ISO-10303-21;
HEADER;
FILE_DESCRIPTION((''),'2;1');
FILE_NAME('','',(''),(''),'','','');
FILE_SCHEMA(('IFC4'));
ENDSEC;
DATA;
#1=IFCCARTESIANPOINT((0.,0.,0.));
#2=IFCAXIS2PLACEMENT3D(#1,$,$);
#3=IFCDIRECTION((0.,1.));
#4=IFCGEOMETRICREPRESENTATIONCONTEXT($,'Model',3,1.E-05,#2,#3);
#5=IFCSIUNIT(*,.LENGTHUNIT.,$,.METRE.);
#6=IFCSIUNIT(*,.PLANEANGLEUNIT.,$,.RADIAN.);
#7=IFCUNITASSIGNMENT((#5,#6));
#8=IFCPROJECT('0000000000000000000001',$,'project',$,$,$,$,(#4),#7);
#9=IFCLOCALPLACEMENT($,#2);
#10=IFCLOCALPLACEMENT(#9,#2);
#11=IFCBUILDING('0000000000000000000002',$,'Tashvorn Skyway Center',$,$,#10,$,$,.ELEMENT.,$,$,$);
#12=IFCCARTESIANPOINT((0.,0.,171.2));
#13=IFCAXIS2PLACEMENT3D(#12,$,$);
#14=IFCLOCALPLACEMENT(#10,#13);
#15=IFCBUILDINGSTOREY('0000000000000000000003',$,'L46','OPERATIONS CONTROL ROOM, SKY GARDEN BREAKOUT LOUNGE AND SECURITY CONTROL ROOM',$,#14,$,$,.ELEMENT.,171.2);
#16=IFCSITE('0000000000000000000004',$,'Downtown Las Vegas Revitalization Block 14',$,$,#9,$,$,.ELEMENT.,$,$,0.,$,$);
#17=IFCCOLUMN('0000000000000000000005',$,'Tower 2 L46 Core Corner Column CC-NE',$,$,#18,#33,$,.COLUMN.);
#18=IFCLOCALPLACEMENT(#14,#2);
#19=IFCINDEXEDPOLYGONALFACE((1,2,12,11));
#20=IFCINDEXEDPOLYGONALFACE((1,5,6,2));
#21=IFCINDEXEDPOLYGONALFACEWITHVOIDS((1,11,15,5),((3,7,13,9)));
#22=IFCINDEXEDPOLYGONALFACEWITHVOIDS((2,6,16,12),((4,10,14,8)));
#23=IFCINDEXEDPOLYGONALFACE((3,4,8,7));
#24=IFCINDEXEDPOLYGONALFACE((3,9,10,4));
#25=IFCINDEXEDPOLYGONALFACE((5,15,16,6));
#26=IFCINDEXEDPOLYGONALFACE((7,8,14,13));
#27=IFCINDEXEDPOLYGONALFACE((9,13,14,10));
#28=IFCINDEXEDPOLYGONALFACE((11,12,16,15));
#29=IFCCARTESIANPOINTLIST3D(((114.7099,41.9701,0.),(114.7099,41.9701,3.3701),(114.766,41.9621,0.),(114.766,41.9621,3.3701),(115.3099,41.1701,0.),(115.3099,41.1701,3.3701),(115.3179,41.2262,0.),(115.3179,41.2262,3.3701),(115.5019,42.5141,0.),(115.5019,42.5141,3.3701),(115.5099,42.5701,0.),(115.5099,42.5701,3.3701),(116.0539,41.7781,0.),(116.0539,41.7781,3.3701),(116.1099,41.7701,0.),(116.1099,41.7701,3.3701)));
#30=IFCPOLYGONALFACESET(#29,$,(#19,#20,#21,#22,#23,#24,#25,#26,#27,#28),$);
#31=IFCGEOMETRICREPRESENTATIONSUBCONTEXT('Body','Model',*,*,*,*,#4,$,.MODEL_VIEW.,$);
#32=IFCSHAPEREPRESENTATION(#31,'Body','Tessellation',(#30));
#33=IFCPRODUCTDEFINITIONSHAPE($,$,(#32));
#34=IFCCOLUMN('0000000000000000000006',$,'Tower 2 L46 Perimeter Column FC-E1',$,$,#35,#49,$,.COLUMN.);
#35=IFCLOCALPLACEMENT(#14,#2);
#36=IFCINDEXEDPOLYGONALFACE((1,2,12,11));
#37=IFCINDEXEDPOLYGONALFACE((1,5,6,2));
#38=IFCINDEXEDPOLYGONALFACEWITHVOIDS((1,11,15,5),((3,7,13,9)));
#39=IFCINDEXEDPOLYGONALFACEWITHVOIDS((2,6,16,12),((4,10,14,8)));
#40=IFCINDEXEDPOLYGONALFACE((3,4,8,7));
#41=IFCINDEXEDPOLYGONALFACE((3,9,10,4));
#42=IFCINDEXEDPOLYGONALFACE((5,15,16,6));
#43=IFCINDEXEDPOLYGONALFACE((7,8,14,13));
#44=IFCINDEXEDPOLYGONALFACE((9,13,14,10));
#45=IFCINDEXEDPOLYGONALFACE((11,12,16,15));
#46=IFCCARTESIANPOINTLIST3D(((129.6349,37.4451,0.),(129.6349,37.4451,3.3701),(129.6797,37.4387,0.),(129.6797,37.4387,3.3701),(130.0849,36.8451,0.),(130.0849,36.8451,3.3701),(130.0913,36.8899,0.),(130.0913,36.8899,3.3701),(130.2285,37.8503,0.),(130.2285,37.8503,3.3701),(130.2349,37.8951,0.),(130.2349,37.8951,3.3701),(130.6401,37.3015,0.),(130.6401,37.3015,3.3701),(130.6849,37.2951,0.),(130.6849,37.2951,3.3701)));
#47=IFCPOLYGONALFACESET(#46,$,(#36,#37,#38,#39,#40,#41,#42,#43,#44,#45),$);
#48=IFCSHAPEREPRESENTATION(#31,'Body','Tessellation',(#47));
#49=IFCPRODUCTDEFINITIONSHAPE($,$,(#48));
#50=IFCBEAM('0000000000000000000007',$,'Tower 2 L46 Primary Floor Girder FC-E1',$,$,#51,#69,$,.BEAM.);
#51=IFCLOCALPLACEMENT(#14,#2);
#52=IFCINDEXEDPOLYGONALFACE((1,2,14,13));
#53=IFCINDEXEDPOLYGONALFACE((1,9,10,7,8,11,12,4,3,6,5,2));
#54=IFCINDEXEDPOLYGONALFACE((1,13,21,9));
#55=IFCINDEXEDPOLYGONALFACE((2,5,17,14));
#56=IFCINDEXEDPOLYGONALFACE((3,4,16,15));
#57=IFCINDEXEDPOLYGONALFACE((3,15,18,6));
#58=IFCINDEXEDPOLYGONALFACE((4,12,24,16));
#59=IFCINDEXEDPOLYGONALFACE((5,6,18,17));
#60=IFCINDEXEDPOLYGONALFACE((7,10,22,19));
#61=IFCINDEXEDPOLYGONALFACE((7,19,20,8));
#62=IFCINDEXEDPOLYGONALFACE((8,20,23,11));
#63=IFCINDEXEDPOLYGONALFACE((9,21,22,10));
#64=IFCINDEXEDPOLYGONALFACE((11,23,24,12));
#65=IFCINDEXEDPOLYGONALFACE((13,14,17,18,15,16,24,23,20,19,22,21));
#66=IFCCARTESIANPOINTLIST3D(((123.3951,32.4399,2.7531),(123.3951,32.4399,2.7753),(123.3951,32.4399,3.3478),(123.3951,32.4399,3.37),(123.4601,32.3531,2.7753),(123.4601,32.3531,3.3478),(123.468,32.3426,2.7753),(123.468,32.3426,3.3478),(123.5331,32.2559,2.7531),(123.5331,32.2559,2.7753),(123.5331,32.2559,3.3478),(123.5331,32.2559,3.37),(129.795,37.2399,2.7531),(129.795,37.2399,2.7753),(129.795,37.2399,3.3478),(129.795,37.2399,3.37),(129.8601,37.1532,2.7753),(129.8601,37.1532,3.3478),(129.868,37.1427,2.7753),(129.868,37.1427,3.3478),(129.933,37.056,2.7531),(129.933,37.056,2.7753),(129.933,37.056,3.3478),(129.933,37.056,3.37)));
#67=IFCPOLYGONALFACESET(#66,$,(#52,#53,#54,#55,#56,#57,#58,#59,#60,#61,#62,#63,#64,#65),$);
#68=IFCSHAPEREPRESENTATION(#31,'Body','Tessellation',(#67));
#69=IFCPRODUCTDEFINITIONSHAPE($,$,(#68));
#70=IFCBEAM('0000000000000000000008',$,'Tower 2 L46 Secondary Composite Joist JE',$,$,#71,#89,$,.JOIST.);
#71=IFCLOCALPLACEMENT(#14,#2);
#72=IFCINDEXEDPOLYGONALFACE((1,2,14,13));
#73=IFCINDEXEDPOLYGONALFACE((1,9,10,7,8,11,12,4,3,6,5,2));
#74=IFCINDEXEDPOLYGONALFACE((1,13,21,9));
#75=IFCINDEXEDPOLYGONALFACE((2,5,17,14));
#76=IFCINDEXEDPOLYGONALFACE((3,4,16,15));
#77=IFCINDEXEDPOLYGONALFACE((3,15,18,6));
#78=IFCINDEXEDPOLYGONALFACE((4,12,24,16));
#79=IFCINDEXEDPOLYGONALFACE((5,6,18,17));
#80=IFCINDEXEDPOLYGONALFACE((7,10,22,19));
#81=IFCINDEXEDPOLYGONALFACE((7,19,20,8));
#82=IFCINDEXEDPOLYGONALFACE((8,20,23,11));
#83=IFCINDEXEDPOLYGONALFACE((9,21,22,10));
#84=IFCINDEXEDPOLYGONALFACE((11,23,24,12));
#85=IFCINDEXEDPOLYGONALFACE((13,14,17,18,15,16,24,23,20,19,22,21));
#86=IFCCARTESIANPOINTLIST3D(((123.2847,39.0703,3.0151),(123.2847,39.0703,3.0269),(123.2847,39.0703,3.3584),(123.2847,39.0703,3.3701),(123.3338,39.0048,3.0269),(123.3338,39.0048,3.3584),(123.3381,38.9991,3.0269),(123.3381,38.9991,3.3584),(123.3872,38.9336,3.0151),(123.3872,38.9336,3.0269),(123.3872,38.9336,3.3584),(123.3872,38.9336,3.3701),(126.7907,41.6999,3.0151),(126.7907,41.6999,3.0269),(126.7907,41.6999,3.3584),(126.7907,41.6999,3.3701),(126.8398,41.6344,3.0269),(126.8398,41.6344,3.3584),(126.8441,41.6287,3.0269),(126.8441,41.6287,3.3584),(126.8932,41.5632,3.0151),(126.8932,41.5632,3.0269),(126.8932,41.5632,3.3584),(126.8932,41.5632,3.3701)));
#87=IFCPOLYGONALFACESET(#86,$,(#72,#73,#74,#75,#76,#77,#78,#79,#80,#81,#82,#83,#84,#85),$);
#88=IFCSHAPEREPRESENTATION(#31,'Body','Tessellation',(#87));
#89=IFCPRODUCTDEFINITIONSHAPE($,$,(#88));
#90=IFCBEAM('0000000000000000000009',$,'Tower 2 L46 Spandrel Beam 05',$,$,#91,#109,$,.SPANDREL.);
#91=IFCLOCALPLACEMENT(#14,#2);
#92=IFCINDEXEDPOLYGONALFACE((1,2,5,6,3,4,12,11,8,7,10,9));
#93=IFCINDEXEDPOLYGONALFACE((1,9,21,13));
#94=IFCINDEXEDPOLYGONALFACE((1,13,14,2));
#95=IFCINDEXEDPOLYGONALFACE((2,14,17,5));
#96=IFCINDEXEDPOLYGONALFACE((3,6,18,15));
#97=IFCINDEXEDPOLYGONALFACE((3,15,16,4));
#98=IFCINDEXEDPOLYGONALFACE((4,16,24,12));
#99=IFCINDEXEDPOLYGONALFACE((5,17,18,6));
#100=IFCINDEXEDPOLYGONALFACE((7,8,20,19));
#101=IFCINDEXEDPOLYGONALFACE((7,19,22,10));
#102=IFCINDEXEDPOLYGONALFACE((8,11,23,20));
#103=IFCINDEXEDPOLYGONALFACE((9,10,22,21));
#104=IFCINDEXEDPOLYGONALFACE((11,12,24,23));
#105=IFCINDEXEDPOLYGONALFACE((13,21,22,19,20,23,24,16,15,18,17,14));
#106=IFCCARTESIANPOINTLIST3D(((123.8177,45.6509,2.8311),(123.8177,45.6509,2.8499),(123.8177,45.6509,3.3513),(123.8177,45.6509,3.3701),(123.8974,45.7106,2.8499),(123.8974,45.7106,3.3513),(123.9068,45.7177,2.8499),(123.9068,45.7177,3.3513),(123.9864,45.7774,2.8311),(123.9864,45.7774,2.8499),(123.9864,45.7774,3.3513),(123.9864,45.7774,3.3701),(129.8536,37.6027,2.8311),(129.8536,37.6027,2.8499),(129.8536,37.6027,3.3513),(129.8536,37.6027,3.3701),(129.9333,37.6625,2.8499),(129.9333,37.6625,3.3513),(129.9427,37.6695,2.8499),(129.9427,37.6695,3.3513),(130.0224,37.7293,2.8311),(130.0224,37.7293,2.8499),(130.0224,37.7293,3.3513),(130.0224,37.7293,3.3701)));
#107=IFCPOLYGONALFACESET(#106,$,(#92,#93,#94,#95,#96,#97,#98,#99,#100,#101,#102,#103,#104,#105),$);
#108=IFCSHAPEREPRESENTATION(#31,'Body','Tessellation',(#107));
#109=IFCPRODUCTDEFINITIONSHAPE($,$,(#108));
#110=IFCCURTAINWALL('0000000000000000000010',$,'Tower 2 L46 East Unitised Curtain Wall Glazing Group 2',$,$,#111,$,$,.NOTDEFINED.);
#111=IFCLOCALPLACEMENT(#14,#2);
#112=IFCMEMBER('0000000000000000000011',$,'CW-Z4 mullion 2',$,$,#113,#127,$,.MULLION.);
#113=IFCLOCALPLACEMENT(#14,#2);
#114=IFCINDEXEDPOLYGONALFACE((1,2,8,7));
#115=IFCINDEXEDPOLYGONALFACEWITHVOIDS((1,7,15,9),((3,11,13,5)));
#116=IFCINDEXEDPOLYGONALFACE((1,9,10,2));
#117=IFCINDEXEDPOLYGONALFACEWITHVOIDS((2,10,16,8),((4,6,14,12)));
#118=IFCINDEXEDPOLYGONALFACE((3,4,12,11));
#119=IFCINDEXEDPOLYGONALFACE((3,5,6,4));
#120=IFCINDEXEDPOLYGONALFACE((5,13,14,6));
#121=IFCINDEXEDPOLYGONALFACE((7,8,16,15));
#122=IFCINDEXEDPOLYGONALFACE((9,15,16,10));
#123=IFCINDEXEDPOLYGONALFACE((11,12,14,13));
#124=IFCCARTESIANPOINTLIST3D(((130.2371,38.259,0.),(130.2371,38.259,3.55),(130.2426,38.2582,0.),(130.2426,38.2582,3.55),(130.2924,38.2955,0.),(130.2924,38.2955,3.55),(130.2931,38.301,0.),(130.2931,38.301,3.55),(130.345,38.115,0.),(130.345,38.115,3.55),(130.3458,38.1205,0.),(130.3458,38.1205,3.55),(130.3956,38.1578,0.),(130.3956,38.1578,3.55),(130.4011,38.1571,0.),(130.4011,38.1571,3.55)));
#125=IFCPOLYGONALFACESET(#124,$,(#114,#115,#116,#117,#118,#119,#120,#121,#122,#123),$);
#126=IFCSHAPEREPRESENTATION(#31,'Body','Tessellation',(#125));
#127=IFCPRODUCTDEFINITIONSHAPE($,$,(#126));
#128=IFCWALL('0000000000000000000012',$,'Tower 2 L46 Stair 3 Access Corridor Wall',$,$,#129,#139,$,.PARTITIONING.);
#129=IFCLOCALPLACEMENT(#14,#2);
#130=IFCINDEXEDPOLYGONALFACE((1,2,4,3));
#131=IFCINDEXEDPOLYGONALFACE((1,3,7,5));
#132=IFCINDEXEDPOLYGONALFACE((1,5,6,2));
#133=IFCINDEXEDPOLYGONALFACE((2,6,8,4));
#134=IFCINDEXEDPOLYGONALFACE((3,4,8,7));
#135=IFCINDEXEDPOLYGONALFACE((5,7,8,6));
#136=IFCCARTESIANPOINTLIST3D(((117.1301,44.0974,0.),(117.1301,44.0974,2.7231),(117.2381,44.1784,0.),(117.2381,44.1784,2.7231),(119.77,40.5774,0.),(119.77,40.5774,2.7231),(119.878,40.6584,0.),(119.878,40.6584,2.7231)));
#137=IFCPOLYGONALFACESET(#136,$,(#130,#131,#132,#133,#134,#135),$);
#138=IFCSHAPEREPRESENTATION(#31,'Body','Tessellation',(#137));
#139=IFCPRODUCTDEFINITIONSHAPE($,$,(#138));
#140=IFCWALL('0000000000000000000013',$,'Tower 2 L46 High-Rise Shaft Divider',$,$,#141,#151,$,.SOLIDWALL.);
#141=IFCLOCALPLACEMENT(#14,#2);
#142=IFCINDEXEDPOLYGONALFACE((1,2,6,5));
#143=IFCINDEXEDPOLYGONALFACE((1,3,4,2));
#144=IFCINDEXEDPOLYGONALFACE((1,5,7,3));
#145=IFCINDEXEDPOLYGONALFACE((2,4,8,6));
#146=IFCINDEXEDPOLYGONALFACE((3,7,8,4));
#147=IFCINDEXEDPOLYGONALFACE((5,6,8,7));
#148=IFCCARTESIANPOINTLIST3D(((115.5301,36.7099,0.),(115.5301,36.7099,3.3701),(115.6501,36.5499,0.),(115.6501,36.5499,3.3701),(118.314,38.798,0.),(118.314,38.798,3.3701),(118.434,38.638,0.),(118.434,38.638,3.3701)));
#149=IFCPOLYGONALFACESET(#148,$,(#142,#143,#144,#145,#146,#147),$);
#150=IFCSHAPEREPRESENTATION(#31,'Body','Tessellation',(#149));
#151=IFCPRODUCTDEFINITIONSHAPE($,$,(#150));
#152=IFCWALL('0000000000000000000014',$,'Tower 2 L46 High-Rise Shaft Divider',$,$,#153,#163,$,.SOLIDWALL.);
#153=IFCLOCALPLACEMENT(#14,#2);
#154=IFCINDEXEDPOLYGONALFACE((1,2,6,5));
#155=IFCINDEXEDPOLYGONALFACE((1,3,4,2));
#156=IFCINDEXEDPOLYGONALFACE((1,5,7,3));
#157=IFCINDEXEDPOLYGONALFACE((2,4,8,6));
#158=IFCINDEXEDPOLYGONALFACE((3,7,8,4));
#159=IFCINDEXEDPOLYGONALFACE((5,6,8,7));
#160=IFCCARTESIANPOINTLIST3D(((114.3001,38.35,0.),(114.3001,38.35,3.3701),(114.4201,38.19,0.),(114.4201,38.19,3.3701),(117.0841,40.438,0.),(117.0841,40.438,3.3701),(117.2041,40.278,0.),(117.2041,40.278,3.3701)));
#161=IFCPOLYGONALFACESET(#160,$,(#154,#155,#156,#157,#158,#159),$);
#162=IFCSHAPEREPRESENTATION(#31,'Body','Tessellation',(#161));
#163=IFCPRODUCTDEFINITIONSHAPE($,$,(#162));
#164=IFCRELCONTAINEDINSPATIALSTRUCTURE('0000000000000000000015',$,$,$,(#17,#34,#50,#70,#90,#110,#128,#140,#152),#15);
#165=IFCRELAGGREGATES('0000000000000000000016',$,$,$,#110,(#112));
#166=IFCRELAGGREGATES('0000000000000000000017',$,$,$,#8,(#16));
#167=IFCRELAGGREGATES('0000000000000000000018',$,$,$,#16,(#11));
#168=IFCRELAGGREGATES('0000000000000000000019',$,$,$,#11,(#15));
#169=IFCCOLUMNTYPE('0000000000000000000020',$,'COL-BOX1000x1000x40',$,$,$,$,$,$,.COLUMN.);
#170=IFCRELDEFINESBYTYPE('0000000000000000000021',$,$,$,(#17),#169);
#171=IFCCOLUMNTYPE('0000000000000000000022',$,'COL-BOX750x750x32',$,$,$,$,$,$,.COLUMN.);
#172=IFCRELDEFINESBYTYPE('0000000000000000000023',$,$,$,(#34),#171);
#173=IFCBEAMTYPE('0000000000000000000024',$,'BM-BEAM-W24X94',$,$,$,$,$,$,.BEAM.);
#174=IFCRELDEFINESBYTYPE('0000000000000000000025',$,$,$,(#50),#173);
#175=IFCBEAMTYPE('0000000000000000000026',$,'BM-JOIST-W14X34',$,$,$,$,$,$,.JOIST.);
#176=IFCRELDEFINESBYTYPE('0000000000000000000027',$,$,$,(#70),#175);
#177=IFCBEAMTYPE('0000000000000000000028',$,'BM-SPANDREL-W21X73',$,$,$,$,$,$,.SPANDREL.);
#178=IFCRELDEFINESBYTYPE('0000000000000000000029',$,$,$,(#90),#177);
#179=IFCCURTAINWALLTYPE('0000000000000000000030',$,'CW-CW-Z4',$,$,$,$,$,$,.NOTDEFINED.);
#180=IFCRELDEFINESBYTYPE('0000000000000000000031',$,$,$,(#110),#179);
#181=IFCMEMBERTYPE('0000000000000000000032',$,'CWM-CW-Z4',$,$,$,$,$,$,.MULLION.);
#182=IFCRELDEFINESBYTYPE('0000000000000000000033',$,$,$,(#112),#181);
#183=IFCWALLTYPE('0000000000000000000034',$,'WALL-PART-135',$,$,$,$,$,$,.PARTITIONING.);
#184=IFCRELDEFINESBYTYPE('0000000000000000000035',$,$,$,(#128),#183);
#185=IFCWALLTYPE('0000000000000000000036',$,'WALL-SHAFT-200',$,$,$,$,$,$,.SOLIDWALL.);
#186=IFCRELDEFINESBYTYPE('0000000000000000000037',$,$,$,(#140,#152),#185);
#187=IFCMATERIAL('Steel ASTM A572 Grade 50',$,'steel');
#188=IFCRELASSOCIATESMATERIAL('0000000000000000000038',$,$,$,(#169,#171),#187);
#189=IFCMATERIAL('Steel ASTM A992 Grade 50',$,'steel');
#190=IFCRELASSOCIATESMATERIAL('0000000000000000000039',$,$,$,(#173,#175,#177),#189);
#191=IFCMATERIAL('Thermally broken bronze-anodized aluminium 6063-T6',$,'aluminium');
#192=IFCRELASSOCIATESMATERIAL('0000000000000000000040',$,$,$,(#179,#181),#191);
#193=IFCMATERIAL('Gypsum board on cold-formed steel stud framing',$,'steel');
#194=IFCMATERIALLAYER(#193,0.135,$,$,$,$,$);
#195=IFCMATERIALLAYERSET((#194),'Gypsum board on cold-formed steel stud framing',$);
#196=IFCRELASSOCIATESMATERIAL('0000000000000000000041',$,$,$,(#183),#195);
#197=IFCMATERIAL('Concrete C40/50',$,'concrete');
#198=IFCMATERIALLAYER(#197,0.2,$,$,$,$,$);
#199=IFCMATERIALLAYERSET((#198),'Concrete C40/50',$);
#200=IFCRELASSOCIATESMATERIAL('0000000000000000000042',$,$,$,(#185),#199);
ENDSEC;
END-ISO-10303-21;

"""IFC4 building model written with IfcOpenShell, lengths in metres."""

from ifc_helpers import new_model, si_unit, direction, frame, frame_2d, origin, origin_2d, place, context, subcontext, project, spatial, rectangle, hollow_rectangle, i_section, extrude, material, layer, layer_set, material_profile, profile_set, type_object, element, aggregate, save


model = new_model("IFC4")

# Units and contexts
model_context = context("Model", 3, precision=1e-05, world=origin(), true_north=direction((0.0, 1.0)))
body_context = subcontext(model_context, "Body", "Model", "MODEL_VIEW")
ifc_project = project(units=[si_unit("LENGTHUNIT", "METRE"), si_unit("PLANEANGLEUNIT", "RADIAN")], contexts=[model_context])

# Site, building, storey
site_placement = place(None, origin())
site = spatial("IfcSite", under=ifc_project, at=site_placement, Name="Downtown Las Vegas Revitalization Block 14", CompositionType="ELEMENT", RefElevation=0.0)
building_placement = place(site_placement, origin())
building = spatial("IfcBuilding", under=site, at=building_placement, Name="Tashvorn Skyway Center", CompositionType="ELEMENT")
storey_placement = place(building_placement, frame((0.0, 0.0, 171.2)))
storey = spatial("IfcBuildingStorey", under=building, at=storey_placement, Name="L46", Description="OPERATIONS CONTROL ROOM, SKY GARDEN BREAKOUT LOUNGE AND SECURITY CONTROL ROOM", CompositionType="ELEMENT", Elevation=171.2)

# Columns
ifc_material_1 = material(Name="Steel ASTM A572 Grade 50", Category="steel")
ifc_material_profile_1 = material_profile(ifc_material_1, hollow_rectangle(XDim=1.0, YDim=1.0, WallThickness=0.04, at=origin_2d()), Name="BOX1000x1000x40")
ifc_profile_set_1 = profile_set([ifc_material_profile_1], Name="Steel ASTM A572 Grade 50")
column_type_1 = type_object("IfcColumnType", Name="COL-BOX1000x1000x40", PredefinedType="COLUMN", material=ifc_profile_set_1)
column_1_placement = place(storey_placement, frame((115.4099, 41.8701, 0.0), z_axis=(0.0, 0.0, 1.0), x_axis=(0.8, 0.6, 0.0)))
element("IfcColumn", 1, at=column_1_placement, inside=storey, type_object=column_type_1, Name="Tower 2 L46 Core Corner Column CC-NE", PredefinedType="COLUMN", context=body_context, shape_type="SweptSolid", body=[
    extrude(hollow_rectangle(XDim=1.0, YDim=1.0, WallThickness=0.04, at=origin_2d()), origin(), (0.0, 0.0, 1.0), 3.3701),
])
ifc_material_profile_2 = material_profile(ifc_material_1, hollow_rectangle(XDim=0.75, YDim=0.75, WallThickness=0.032, at=origin_2d()), Name="BOX750x750x32")
ifc_profile_set_2 = profile_set([ifc_material_profile_2], Name="Steel ASTM A572 Grade 50")
column_type_2 = type_object("IfcColumnType", Name="COL-BOX750x750x32", PredefinedType="COLUMN", material=ifc_profile_set_2)
column_2_placement = place(storey_placement, frame((130.1599, 37.3701, 0.0), z_axis=(0.0, 0.0, 1.0), x_axis=(0.8, 0.6, 0.0)))
element("IfcColumn", 2, at=column_2_placement, inside=storey, type_object=column_type_2, Name="Tower 2 L46 Perimeter Column FC-E1", PredefinedType="COLUMN", context=body_context, shape_type="SweptSolid", body=[
    extrude(hollow_rectangle(XDim=0.75, YDim=0.75, WallThickness=0.032, at=origin_2d()), origin(), (0.0, 0.0, 1.0), 3.3701),
])

# Beams
ifc_material_2 = material(Name="Steel ASTM A992 Grade 50", Category="steel")
ifc_material_profile_3 = material_profile(ifc_material_2, i_section(OverallWidth=0.23, OverallDepth=0.6169, WebThickness=0.0132, FlangeThickness=0.0222, at=origin_2d()), Name="W24X94")
ifc_profile_set_3 = profile_set([ifc_material_profile_3], Name="Steel ASTM A992 Grade 50")
beam_type_1 = type_object("IfcBeamType", Name="BM-BEAM-W24X94", PredefinedType="BEAM", material=ifc_profile_set_3)
beam_1_placement = place(storey_placement, frame((129.864, 37.1479, 3.0615), z_axis=(-0.799993, -0.60001, 0.0), x_axis=(0.60001, -0.799993, 0.0)))
element("IfcBeam", 3, at=beam_1_placement, inside=storey, type_object=beam_type_1, Name="Tower 2 L46 Primary Floor Girder FC-E1", PredefinedType="BEAM", context=body_context, shape_type="SweptSolid", body=[
    extrude(i_section(OverallWidth=0.23, OverallDepth=0.6169, WebThickness=0.0132, FlangeThickness=0.0222, at=origin_2d()), origin(), (0.0, 0.0, 1.0), 8.0),
])
ifc_material_profile_4 = material_profile(ifc_material_2, i_section(OverallWidth=0.1709, OverallDepth=0.355, WebThickness=0.0071, FlangeThickness=0.0117, at=origin_2d()), Name="W14X34")
ifc_profile_set_4 = profile_set([ifc_material_profile_4], Name="Steel ASTM A992 Grade 50")
beam_type_2 = type_object("IfcBeamType", Name="BM-JOIST-W14X34", PredefinedType="JOIST", material=ifc_profile_set_4)
beam_2_placement = place(storey_placement, frame((123.3359, 39.002, 3.1926), z_axis=(0.799993, 0.600009, 0.0), x_axis=(-0.600009, 0.799993, 0.0)))
element("IfcBeam", 4, at=beam_2_placement, inside=storey, type_object=beam_type_2, Name="Tower 2 L46 Secondary Composite Joist JE", PredefinedType="JOIST", context=body_context, shape_type="SweptSolid", body=[
    extrude(i_section(OverallWidth=0.1709, OverallDepth=0.355, WebThickness=0.0071, FlangeThickness=0.0117, at=origin_2d()), origin(), (0.0, 0.0, 1.0), 4.3826),
])
ifc_material_profile_5 = material_profile(ifc_material_2, i_section(OverallWidth=0.2109, OverallDepth=0.5391, WebThickness=0.0117, FlangeThickness=0.0188, at=origin_2d()), Name="W21X73")
ifc_profile_set_5 = profile_set([ifc_material_profile_5], Name="Steel ASTM A992 Grade 50")
beam_type_3 = type_object("IfcBeamType", Name="BM-SPANDREL-W21X73", PredefinedType="SPANDREL", material=ifc_profile_set_5)
beam_3_placement = place(storey_placement, frame((129.938, 37.666, 3.1006), z_axis=(-0.599988, 0.800009, 0.0), x_axis=(-0.800009, -0.599988, 0.0)))
element("IfcBeam", 5, at=beam_3_placement, inside=storey, type_object=beam_type_3, Name="Tower 2 L46 Spandrel Beam 05", PredefinedType="SPANDREL", context=body_context, shape_type="SweptSolid", body=[
    extrude(i_section(OverallWidth=0.2109, OverallDepth=0.5391, WebThickness=0.0117, FlangeThickness=0.0188, at=origin_2d()), origin(), (0.0, 0.0, 1.0), 10.0601),
])

# Curtain wall, member
ifc_material_3 = material(Name="Thermally broken bronze-anodized aluminium 6063-T6", Category="aluminium")
curtain_wall_type = type_object("IfcCurtainWallType", Name="CW-CW-Z4", PredefinedType="NOTDEFINED", material=ifc_material_3)
curtain_wall_placement = place(storey_placement, origin())
curtain_wall = element("IfcCurtainWall", 6, at=curtain_wall_placement, inside=storey, type_object=curtain_wall_type, Name="Tower 2 L46 East Unitised Curtain Wall Glazing Group 2", PredefinedType="NOTDEFINED")
ifc_material_profile_6 = material_profile(ifc_material_3, hollow_rectangle(XDim=0.0701, YDim=0.1799, WallThickness=0.0039, at=origin_2d()), Name="ALU-MULL-70x180")
ifc_profile_set_6 = profile_set([ifc_material_profile_6], Name="Thermally broken bronze-anodized aluminium 6063-T6")
member_type = type_object("IfcMemberType", Name="CWM-CW-Z4", PredefinedType="MULLION", material=ifc_profile_set_6)
member_placement = place(storey_placement, frame((130.3191, 38.208, 0.0), z_axis=(0.0, 0.0, 1.0), x_axis=(0.8, 0.6, 0.0)))
member = element("IfcMember", 7, at=member_placement, type_object=member_type, Name="CW-Z4 mullion 2", PredefinedType="MULLION", context=body_context, shape_type="SweptSolid", body=[
    extrude(hollow_rectangle(XDim=0.0701, YDim=0.1799, WallThickness=0.0039, at=origin_2d()), origin(), (0.0, 0.0, 1.0), 3.55),
])
aggregate(curtain_wall, [member])

# Walls
ifc_material_4 = material(Name="Gypsum board on cold-formed steel stud framing", Category="steel")
ifc_layer_1 = layer(ifc_material_4, 0.135)
ifc_layer_set_1 = layer_set([ifc_layer_1], Name="Gypsum board on cold-formed steel stud framing")
wall_type_1 = type_object("IfcWallType", Name="WALL-PART-135", PredefinedType="PARTITIONING", material=ifc_layer_set_1)
wall_1_placement = place(storey_placement, frame((119.824, 40.6179, 0.0), z_axis=(0.0, 0.0, 1.0), x_axis=(-0.599982, 0.800013, 0.0)))
element("IfcWall", 8, at=wall_1_placement, inside=storey, type_object=wall_type_1, Name="Tower 2 L46 Stair 3 Access Corridor Wall", PredefinedType="PARTITIONING", context=body_context, shape_type="SweptSolid", body=[
    extrude(rectangle(XDim=4.3999, YDim=0.135, at=frame_2d((2.2, 0.0))), origin(), (0.0, 0.0, 1.0), 2.7231),
])
ifc_material_5 = material(Name="Concrete C40/50", Category="concrete")
ifc_layer_2 = layer(ifc_material_5, 0.2)
ifc_layer_set_2 = layer_set([ifc_layer_2], Name="Concrete C40/50")
wall_type_2 = type_object("IfcWallType", Name="WALL-SHAFT-200", PredefinedType="SOLIDWALL", material=ifc_layer_set_2)
for number, where, z_axis, x_axis, name in (
    (9, (115.5901, 36.6299, 0.0), (0.0, 0.0, 1.0), (0.799975, 0.600034, 0.0), "Tower 2 L46 High-Rise Shaft Divider"),
    (10, (114.3601, 38.27, 0.0), (0.0, 0.0, 1.0), (0.800008, 0.599989, 0.0), "Tower 2 L46 High-Rise Shaft Divider"),
):
    element("IfcWall", number, at=place(storey_placement, frame(where, z_axis=z_axis, x_axis=x_axis)), inside=storey, type_object=wall_type_2, Name=name, PredefinedType="SOLIDWALL", context=body_context, shape_type="SweptSolid", body=[
        extrude(rectangle(XDim=3.48, YDim=0.2, at=frame_2d((1.74, 0.0))), origin(), (0.0, 0.0, 1.0), 3.3701),
    ])

save(model, "model.ifc")
